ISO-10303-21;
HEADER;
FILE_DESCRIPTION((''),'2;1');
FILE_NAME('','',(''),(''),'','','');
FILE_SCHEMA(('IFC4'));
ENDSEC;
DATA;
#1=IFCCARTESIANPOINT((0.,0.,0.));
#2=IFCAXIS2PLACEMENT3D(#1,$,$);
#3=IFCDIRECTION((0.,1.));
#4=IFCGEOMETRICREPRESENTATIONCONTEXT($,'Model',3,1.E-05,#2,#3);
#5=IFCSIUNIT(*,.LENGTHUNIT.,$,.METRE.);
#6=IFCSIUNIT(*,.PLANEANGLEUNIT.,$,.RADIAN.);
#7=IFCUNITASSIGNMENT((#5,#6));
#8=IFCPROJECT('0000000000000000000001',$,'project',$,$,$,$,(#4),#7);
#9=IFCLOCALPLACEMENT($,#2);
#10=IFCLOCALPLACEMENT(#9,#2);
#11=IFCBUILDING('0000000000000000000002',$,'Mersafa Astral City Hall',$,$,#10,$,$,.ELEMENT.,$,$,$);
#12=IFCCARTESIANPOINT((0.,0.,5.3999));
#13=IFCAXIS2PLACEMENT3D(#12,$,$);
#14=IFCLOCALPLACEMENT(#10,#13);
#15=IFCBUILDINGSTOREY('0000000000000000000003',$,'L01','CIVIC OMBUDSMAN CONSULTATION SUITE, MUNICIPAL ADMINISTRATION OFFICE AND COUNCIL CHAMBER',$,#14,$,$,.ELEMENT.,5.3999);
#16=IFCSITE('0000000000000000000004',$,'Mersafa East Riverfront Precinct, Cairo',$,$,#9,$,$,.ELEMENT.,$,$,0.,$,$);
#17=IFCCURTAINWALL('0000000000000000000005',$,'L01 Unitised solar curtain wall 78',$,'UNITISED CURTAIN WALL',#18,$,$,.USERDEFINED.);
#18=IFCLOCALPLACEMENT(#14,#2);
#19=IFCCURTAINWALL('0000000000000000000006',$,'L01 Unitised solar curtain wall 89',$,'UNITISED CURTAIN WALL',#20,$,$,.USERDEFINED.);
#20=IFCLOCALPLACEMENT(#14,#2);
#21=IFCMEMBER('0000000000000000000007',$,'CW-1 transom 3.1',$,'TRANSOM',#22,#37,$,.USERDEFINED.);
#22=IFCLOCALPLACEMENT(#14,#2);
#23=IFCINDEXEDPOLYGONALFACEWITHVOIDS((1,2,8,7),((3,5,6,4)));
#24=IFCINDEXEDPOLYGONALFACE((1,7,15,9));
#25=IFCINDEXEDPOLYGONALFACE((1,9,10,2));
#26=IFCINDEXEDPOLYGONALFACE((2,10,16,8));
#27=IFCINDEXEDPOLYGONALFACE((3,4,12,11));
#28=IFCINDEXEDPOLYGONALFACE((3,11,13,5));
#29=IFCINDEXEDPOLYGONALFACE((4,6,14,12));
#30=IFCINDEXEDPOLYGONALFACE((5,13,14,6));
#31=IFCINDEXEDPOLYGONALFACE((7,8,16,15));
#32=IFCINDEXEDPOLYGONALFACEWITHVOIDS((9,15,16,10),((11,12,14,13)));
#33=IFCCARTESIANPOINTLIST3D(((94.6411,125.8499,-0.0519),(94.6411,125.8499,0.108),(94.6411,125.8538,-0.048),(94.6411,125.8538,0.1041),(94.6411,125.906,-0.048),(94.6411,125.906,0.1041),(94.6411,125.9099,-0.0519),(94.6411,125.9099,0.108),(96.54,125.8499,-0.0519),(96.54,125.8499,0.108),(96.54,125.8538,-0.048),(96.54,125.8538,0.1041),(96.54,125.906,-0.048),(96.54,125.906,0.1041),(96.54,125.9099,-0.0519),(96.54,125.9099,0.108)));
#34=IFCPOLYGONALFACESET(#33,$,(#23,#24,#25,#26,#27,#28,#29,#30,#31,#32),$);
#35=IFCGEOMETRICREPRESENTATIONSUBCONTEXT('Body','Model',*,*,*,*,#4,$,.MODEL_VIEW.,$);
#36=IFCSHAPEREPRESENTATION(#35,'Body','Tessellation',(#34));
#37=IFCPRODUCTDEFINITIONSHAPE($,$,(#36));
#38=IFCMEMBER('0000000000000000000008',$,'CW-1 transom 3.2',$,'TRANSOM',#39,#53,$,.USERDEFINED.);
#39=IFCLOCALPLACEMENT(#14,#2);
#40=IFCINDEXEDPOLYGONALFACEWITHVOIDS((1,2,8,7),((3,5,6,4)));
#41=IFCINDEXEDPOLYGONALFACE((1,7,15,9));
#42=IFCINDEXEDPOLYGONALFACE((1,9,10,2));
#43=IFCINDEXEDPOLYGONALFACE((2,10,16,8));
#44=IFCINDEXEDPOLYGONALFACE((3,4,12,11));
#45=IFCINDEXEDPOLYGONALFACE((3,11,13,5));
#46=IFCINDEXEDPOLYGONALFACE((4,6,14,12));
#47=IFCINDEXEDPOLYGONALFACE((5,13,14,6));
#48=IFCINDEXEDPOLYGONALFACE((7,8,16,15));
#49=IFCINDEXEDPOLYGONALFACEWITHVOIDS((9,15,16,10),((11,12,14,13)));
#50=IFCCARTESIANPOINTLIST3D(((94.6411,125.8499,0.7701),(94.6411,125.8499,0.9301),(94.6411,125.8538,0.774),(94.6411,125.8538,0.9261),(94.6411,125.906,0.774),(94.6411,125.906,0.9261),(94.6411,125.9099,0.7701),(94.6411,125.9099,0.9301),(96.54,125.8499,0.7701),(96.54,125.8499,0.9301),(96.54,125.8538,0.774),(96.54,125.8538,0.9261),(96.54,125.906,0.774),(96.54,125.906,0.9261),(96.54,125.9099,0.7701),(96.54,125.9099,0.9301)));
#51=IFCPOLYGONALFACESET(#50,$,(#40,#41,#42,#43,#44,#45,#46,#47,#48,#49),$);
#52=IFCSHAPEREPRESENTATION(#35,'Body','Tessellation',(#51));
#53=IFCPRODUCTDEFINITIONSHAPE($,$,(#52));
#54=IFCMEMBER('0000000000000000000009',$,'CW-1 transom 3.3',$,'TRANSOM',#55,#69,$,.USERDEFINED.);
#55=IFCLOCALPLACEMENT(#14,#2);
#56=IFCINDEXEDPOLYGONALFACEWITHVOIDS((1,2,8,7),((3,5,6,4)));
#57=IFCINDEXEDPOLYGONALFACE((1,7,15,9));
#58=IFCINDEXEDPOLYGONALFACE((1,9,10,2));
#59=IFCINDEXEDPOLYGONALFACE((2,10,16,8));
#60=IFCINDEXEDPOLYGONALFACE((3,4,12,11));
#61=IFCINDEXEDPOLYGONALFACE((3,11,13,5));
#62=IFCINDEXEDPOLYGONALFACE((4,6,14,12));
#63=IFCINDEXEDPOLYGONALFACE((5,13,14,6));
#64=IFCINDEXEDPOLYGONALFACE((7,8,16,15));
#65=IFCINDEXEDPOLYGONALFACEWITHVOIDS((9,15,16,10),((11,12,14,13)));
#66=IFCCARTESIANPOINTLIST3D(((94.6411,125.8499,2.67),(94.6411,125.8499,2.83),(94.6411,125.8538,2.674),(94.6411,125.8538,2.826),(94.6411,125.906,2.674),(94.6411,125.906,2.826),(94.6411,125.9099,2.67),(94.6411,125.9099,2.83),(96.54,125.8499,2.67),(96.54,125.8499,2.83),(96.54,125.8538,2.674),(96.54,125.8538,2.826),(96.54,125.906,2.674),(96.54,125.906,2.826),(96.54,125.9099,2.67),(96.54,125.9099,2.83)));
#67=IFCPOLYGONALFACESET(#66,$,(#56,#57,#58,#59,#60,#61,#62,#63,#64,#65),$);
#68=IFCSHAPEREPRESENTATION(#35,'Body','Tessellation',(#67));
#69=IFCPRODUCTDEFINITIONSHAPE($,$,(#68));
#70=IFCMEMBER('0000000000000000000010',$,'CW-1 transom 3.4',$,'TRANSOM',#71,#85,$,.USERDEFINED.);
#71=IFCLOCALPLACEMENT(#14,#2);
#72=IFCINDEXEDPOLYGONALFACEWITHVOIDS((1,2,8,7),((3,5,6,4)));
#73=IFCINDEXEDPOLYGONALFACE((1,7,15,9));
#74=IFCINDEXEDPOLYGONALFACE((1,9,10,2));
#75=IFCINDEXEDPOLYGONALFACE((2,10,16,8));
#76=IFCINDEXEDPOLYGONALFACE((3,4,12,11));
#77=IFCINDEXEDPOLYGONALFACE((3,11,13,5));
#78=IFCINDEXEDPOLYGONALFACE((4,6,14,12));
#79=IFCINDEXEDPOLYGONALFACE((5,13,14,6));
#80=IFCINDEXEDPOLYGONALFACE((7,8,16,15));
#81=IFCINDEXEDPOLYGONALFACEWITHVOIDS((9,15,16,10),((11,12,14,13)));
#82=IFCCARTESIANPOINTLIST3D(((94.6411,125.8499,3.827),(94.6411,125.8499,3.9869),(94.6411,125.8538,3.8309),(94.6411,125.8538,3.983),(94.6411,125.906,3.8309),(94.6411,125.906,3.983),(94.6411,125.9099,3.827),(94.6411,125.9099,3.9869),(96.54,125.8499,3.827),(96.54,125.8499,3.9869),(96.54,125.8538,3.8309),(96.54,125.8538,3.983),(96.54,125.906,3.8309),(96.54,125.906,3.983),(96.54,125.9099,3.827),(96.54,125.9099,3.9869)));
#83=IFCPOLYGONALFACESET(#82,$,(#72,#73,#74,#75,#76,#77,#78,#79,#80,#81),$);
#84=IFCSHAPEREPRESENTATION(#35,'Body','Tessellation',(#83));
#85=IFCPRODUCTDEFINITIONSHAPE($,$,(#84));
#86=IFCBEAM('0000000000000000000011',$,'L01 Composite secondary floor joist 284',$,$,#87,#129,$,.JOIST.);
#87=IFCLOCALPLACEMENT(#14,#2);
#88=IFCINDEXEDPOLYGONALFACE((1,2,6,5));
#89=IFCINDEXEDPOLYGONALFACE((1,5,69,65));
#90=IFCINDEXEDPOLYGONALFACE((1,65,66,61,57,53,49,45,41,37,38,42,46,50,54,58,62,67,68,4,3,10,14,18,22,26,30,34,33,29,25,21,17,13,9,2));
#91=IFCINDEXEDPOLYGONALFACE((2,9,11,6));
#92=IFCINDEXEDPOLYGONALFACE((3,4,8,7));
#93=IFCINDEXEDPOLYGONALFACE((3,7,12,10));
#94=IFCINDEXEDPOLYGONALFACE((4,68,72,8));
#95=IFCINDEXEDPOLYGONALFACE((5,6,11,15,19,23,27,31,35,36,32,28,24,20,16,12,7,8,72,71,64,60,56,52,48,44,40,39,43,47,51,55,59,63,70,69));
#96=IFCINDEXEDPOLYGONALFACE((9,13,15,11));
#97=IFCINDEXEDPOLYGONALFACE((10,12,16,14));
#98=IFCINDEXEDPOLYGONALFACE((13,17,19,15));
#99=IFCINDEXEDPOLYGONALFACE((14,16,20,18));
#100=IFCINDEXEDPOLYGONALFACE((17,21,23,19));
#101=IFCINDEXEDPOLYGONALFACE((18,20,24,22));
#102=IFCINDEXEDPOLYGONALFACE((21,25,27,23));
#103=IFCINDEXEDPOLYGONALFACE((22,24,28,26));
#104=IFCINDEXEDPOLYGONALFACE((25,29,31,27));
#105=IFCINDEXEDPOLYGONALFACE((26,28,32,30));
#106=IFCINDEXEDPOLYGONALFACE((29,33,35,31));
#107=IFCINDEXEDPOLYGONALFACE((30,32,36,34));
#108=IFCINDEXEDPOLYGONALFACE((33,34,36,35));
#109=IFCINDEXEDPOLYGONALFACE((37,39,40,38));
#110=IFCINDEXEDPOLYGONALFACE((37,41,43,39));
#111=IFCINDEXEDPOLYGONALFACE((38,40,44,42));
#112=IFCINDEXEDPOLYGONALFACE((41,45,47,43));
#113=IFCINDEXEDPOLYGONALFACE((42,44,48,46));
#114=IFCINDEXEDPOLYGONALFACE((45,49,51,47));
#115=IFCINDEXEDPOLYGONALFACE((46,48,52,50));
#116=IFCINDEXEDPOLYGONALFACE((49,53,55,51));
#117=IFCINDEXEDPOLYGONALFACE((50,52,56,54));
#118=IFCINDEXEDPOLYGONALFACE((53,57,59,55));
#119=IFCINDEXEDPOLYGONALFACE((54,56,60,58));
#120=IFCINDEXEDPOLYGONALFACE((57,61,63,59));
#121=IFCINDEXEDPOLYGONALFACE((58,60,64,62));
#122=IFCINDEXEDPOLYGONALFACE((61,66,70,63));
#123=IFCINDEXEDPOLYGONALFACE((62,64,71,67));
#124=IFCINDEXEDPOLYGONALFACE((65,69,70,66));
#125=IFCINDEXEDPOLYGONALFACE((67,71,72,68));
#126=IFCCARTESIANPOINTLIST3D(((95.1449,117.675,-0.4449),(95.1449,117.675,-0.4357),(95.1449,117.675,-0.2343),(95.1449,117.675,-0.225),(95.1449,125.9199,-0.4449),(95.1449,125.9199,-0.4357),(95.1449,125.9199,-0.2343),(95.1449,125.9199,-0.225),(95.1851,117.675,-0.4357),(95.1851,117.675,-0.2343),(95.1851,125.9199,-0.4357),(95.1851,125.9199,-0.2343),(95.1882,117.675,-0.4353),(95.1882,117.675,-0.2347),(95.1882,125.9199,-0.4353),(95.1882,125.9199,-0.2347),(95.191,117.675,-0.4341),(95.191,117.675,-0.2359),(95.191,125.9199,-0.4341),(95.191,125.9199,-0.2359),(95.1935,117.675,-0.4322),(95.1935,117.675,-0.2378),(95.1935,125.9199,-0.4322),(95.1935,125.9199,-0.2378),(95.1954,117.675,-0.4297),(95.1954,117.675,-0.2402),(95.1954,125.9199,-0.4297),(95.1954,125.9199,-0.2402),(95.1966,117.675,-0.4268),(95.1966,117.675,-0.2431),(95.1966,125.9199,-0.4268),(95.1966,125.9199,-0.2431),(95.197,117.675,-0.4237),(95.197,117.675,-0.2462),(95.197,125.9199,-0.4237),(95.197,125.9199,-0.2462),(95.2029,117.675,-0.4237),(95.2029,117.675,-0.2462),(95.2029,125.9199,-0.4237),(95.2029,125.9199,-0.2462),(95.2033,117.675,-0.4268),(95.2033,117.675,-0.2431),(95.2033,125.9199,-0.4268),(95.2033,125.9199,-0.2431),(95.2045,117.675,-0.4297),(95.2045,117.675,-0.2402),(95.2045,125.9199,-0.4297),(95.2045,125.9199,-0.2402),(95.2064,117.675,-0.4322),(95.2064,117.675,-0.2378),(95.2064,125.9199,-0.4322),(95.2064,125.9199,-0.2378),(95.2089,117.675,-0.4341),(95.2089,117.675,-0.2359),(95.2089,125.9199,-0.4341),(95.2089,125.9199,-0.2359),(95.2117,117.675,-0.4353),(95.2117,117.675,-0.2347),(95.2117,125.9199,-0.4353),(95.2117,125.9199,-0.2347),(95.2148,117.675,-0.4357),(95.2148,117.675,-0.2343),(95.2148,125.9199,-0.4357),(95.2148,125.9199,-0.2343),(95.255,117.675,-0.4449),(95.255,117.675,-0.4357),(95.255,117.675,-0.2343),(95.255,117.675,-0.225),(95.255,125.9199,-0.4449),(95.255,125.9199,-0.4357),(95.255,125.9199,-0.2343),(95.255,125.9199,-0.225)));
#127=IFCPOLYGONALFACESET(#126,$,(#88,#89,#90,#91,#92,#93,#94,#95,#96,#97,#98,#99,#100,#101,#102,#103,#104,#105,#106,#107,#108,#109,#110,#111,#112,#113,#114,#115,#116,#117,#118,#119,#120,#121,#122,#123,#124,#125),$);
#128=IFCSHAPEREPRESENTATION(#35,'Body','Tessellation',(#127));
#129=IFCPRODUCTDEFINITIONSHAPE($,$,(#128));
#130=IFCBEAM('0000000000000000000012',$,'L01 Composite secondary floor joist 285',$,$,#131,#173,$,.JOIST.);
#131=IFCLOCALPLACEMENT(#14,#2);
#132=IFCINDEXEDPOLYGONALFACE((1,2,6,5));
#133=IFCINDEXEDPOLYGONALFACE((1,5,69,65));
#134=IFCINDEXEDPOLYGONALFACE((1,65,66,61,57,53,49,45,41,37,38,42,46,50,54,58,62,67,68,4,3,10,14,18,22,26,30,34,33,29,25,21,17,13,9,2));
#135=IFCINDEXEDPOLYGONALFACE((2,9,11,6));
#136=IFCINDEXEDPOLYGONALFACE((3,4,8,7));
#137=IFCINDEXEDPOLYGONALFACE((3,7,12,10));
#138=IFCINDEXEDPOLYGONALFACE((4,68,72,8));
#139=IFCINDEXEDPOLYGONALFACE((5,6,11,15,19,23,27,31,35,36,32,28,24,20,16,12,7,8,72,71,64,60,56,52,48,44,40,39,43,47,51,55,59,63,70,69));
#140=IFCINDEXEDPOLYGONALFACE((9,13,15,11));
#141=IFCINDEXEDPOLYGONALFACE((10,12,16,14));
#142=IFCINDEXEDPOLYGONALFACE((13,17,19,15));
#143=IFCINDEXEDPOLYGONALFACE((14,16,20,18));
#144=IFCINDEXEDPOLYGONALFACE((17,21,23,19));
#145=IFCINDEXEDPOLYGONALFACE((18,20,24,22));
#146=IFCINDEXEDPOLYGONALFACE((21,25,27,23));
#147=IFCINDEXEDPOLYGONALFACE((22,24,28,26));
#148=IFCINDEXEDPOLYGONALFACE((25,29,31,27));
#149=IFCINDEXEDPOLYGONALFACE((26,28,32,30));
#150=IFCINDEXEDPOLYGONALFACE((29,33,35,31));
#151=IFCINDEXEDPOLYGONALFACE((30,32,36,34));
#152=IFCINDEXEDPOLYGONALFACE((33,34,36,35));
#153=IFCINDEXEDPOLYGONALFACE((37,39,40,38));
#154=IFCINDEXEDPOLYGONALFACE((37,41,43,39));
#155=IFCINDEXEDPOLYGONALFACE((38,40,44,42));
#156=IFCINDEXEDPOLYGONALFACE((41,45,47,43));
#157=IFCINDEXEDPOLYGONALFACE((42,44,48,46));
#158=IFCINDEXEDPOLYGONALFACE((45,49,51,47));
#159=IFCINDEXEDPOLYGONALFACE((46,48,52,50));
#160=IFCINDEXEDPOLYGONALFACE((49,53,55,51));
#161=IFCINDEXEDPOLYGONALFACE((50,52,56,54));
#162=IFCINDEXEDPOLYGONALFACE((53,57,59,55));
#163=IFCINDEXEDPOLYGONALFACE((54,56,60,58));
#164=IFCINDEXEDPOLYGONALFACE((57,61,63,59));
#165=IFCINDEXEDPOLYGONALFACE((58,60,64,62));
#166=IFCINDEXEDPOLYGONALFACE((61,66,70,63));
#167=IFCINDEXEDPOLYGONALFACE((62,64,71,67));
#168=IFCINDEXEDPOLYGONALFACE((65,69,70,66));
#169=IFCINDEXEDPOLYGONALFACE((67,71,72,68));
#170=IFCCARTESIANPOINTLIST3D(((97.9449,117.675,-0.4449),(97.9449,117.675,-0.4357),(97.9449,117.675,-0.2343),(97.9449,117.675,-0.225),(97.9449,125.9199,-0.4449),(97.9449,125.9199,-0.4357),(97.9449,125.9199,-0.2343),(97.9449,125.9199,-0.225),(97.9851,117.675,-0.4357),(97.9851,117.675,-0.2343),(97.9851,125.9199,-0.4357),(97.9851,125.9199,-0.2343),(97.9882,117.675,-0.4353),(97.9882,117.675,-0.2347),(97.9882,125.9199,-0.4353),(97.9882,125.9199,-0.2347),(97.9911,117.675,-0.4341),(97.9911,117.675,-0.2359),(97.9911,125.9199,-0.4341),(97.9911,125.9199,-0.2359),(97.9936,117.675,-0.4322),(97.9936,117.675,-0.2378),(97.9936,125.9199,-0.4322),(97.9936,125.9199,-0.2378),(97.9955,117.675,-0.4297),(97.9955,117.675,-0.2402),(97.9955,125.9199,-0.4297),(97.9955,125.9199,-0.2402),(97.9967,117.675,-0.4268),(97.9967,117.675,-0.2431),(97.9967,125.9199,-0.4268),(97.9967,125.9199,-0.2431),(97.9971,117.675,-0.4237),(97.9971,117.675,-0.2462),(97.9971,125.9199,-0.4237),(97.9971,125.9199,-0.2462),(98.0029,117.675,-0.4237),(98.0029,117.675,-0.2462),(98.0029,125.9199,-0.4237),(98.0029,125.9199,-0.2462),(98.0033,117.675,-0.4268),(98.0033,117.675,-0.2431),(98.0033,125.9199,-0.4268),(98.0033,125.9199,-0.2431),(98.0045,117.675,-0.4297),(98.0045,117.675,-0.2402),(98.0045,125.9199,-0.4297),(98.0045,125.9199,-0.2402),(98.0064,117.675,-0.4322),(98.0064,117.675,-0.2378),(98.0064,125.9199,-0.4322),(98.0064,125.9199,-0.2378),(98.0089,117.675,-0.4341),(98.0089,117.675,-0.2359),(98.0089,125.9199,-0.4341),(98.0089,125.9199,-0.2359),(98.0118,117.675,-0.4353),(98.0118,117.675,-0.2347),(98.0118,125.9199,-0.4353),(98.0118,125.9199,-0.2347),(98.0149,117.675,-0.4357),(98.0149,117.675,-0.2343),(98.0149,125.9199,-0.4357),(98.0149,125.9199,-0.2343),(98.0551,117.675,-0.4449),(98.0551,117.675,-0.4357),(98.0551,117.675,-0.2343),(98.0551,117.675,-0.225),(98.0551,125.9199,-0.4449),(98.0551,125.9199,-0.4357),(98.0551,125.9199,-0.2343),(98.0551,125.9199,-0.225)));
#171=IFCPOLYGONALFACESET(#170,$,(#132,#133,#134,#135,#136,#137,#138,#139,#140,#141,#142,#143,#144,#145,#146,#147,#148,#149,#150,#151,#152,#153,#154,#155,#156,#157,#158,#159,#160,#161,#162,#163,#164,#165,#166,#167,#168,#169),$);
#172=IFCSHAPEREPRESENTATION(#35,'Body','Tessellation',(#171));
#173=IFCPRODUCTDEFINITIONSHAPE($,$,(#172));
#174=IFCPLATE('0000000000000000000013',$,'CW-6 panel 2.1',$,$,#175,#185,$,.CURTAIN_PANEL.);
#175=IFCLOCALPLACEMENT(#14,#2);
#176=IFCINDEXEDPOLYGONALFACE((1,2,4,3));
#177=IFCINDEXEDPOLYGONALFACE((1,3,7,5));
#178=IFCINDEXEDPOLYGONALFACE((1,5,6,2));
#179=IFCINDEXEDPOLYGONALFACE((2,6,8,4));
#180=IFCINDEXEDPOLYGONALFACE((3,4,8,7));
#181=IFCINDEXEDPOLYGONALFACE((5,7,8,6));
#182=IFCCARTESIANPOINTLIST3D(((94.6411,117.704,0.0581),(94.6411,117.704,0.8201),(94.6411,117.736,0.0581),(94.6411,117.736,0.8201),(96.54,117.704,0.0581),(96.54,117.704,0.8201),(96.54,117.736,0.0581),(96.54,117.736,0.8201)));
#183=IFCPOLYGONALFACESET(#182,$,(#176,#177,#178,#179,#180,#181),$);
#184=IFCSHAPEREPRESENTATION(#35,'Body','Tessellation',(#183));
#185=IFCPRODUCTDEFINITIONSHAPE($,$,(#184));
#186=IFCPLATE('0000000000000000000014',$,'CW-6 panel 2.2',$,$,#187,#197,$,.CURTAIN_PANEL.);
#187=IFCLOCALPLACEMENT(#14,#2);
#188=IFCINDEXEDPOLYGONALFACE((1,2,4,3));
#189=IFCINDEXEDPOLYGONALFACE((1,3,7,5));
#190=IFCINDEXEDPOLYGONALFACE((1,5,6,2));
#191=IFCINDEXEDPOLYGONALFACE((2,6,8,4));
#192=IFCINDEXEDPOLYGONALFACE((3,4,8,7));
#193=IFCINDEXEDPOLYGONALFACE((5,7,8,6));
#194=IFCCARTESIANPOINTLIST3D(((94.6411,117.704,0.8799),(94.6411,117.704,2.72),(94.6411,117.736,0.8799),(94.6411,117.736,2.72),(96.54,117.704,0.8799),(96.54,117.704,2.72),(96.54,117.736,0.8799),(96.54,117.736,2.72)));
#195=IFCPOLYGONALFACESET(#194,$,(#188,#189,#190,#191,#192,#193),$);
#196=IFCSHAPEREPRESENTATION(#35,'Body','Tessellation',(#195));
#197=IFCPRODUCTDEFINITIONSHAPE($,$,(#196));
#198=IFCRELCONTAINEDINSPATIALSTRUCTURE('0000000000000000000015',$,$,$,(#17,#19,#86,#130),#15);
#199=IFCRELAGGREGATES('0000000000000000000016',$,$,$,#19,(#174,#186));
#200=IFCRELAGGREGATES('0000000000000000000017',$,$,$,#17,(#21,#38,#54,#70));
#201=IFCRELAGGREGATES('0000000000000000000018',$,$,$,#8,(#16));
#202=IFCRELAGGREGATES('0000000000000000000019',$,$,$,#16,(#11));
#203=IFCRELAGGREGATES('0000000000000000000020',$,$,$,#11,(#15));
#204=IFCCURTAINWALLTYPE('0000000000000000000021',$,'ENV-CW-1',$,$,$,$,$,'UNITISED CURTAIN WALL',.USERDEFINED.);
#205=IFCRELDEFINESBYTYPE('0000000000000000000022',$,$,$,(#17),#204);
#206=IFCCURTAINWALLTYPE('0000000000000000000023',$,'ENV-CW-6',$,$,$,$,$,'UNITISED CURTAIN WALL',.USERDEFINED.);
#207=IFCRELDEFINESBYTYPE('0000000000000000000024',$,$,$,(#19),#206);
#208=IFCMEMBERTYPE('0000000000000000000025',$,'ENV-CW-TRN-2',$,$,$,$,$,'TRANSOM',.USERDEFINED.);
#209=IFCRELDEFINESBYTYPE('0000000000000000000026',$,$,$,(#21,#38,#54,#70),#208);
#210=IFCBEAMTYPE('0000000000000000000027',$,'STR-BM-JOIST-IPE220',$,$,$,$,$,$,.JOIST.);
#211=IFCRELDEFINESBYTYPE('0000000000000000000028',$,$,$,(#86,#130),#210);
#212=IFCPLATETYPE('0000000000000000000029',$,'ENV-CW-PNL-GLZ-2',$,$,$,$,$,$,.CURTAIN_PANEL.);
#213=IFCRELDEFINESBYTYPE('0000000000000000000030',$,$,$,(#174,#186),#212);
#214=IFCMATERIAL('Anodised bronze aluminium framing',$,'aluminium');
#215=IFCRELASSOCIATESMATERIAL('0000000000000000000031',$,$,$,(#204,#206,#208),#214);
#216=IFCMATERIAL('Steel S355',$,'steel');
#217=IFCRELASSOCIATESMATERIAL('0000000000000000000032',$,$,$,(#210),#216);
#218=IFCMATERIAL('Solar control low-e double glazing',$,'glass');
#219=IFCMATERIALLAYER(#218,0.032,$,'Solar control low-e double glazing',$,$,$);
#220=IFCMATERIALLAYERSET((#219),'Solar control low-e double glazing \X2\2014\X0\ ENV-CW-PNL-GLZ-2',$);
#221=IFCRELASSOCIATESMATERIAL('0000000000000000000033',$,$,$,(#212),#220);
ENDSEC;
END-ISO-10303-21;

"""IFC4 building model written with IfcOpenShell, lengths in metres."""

from ifc_helpers import new_model, si_unit, direction, frame, origin, origin_2d, place, context, subcontext, project, spatial, rectangle, hollow_rectangle, i_section, extrude, material, layer, layer_set, material_profile, profile_set, type_object, element, aggregate, save


model = new_model("IFC4")

# Units and contexts
model_context = context("Model", 3, precision=1e-05, world=origin(), true_north=direction((0.0, 1.0)))
body_context = subcontext(model_context, "Body", "Model", "MODEL_VIEW")
ifc_project = project(units=[si_unit("LENGTHUNIT", "METRE"), si_unit("PLANEANGLEUNIT", "RADIAN")], contexts=[model_context])

# Site, building, storey
site_placement = place(None, origin())
site = spatial("IfcSite", under=ifc_project, at=site_placement, Name="Mersafa East Riverfront Precinct, Cairo", CompositionType="ELEMENT", RefElevation=0.0)
building_placement = place(site_placement, origin())
building = spatial("IfcBuilding", under=site, at=building_placement, Name="Mersafa Astral City Hall", CompositionType="ELEMENT")
storey_placement = place(building_placement, frame((0.0, 0.0, 5.3999)))
storey = spatial("IfcBuildingStorey", under=building, at=storey_placement, Name="L01", Description="CIVIC OMBUDSMAN CONSULTATION SUITE, MUNICIPAL ADMINISTRATION OFFICE AND COUNCIL CHAMBER", CompositionType="ELEMENT", Elevation=5.3999)

# Curtain walls
ifc_material_1 = material(Name="Anodised bronze aluminium framing", Category="aluminium")
curtain_wall_type_1 = type_object("IfcCurtainWallType", Name="ENV-CW-1", ElementType="UNITISED CURTAIN WALL", PredefinedType="USERDEFINED", material=ifc_material_1)
curtain_wall_1_placement = place(storey_placement, origin())
curtain_wall_1 = element("IfcCurtainWall", 1, at=curtain_wall_1_placement, inside=storey, type_object=curtain_wall_type_1, Name="L01 Unitised solar curtain wall 78", ObjectType="UNITISED CURTAIN WALL", PredefinedType="USERDEFINED")
curtain_wall_type_2 = type_object("IfcCurtainWallType", Name="ENV-CW-6", ElementType="UNITISED CURTAIN WALL", PredefinedType="USERDEFINED", material=ifc_material_1)
curtain_wall_2_placement = place(storey_placement, origin())
curtain_wall_2 = element("IfcCurtainWall", 2, at=curtain_wall_2_placement, inside=storey, type_object=curtain_wall_type_2, Name="L01 Unitised solar curtain wall 89", ObjectType="UNITISED CURTAIN WALL", PredefinedType="USERDEFINED")

# Members
ifc_material_profile_1 = material_profile(ifc_material_1, hollow_rectangle(XDim=0.0601, YDim=0.1599, WallThickness=0.0039, at=origin_2d()), Name="RHS 60x160x4")
ifc_profile_set_1 = profile_set([ifc_material_profile_1], Name="Anodised bronze aluminium framing")
member_type_1 = type_object("IfcMemberType", Name="ENV-CW-TRN-2", ElementType="TRANSOM", PredefinedType="USERDEFINED", material=ifc_profile_set_1)
member_1_placement = place(storey_placement, frame((96.54, 125.8799, 0.0281), z_axis=(-1.0, 0.0, 0.0), x_axis=(0.0, -1.0, 0.0)))
member_1 = element("IfcMember", 3, at=member_1_placement, type_object=member_type_1, Name="CW-1 transom 3.1", ObjectType="TRANSOM", PredefinedType="USERDEFINED", context=body_context, shape_type="SweptSolid", body=[
    extrude(hollow_rectangle(XDim=0.0601, YDim=0.1599, WallThickness=0.0039, at=origin_2d()), origin(), (0.0, 0.0, 1.0), 1.8989),
])
member_2_placement = place(storey_placement, frame((96.54, 125.8799, 0.8501), z_axis=(-1.0, 0.0, 0.0), x_axis=(0.0, -1.0, 0.0)))
member_2 = element("IfcMember", 4, at=member_2_placement, type_object=member_type_1, Name="CW-1 transom 3.2", ObjectType="TRANSOM", PredefinedType="USERDEFINED", context=body_context, shape_type="SweptSolid", body=[
    extrude(hollow_rectangle(XDim=0.0601, YDim=0.1599, WallThickness=0.0039, at=origin_2d()), origin(), (0.0, 0.0, 1.0), 1.8989),
])
member_3_placement = place(storey_placement, frame((96.54, 125.8799, 2.75), z_axis=(-1.0, 0.0, 0.0), x_axis=(0.0, -1.0, 0.0)))
member_3 = element("IfcMember", 5, at=member_3_placement, type_object=member_type_1, Name="CW-1 transom 3.3", ObjectType="TRANSOM", PredefinedType="USERDEFINED", context=body_context, shape_type="SweptSolid", body=[
    extrude(hollow_rectangle(XDim=0.0601, YDim=0.1599, WallThickness=0.0039, at=origin_2d()), origin(), (0.0, 0.0, 1.0), 1.8989),
])
member_4_placement = place(storey_placement, frame((96.54, 125.8799, 3.907), z_axis=(-1.0, 0.0, 0.0), x_axis=(0.0, -1.0, 0.0)))
member_4 = element("IfcMember", 6, at=member_4_placement, type_object=member_type_1, Name="CW-1 transom 3.4", ObjectType="TRANSOM", PredefinedType="USERDEFINED", context=body_context, shape_type="SweptSolid", body=[
    extrude(hollow_rectangle(XDim=0.0601, YDim=0.1599, WallThickness=0.0039, at=origin_2d()), origin(), (0.0, 0.0, 1.0), 1.8989),
])

# Beams
ifc_material_2 = material(Name="Steel S355", Category="steel")
ifc_material_profile_2 = material_profile(ifc_material_2, i_section(OverallWidth=0.1101, OverallDepth=0.22, WebThickness=0.0059, FlangeThickness=0.0093, FilletRadius=0.012, at=origin_2d()), Name="IPE 220")
ifc_profile_set_2 = profile_set([ifc_material_profile_2], Name="Steel S355")
beam_type = type_object("IfcBeamType", Name="STR-BM-JOIST-IPE220", PredefinedType="JOIST", material=ifc_profile_set_2)
for number, where, z_axis, x_axis, name in (
    (7, (95.2, 117.675, -0.335), (0.0, 1.0, 0.0), (-1.0, 0.0, 0.0), "L01 Composite secondary floor joist 284"),
    (8, (98.0, 117.675, -0.335), (0.0, 1.0, 0.0), (-1.0, 0.0, 0.0), "L01 Composite secondary floor joist 285"),
):
    element("IfcBeam", number, at=place(storey_placement, frame(where, z_axis=z_axis, x_axis=x_axis)), inside=storey, type_object=beam_type, Name=name, PredefinedType="JOIST", context=body_context, shape_type="SweptSolid", body=[
        extrude(i_section(OverallWidth=0.1101, OverallDepth=0.22, WebThickness=0.0059, FlangeThickness=0.0093, FilletRadius=0.012, at=origin_2d()), origin(), (0.0, 0.0, 1.0), 8.2449),
    ])

# Plates
ifc_material_3 = material(Name="Solar control low-e double glazing", Category="glass")
ifc_layer_1 = layer(ifc_material_3, 0.032, Name="Solar control low-e double glazing")
ifc_layer_set_1 = layer_set([ifc_layer_1], Name="Solar control low-e double glazing — ENV-CW-PNL-GLZ-2")
plate_type_1 = type_object("IfcPlateType", Name="ENV-CW-PNL-GLZ-2", PredefinedType="CURTAIN_PANEL", material=ifc_layer_set_1)
plate_1_placement = place(storey_placement, frame((95.5906, 117.72, 0.0581), z_axis=(0.0, 0.0, 1.0), x_axis=(1.0, 0.0, 0.0)))
plate_1 = element("IfcPlate", 9, at=plate_1_placement, type_object=plate_type_1, Name="CW-6 panel 2.1", PredefinedType="CURTAIN_PANEL", context=body_context, shape_type="SweptSolid", body=[
    extrude(rectangle(XDim=1.8989, YDim=0.032, at=origin_2d()), origin(), (0.0, 0.0, 1.0), 0.762),
])
plate_2_placement = place(storey_placement, frame((95.5906, 117.72, 0.8799), z_axis=(0.0, 0.0, 1.0), x_axis=(1.0, 0.0, 0.0)))
plate_2 = element("IfcPlate", 10, at=plate_2_placement, type_object=plate_type_1, Name="CW-6 panel 2.2", PredefinedType="CURTAIN_PANEL", context=body_context, shape_type="SweptSolid", body=[
    extrude(rectangle(XDim=1.8989, YDim=0.032, at=origin_2d()), origin(), (0.0, 0.0, 1.0), 1.8401),
])
aggregate(curtain_wall_2, [plate_1, plate_2])
aggregate(curtain_wall_1, [member_1, member_2, member_3, member_4])

save(model, "model.ifc")
